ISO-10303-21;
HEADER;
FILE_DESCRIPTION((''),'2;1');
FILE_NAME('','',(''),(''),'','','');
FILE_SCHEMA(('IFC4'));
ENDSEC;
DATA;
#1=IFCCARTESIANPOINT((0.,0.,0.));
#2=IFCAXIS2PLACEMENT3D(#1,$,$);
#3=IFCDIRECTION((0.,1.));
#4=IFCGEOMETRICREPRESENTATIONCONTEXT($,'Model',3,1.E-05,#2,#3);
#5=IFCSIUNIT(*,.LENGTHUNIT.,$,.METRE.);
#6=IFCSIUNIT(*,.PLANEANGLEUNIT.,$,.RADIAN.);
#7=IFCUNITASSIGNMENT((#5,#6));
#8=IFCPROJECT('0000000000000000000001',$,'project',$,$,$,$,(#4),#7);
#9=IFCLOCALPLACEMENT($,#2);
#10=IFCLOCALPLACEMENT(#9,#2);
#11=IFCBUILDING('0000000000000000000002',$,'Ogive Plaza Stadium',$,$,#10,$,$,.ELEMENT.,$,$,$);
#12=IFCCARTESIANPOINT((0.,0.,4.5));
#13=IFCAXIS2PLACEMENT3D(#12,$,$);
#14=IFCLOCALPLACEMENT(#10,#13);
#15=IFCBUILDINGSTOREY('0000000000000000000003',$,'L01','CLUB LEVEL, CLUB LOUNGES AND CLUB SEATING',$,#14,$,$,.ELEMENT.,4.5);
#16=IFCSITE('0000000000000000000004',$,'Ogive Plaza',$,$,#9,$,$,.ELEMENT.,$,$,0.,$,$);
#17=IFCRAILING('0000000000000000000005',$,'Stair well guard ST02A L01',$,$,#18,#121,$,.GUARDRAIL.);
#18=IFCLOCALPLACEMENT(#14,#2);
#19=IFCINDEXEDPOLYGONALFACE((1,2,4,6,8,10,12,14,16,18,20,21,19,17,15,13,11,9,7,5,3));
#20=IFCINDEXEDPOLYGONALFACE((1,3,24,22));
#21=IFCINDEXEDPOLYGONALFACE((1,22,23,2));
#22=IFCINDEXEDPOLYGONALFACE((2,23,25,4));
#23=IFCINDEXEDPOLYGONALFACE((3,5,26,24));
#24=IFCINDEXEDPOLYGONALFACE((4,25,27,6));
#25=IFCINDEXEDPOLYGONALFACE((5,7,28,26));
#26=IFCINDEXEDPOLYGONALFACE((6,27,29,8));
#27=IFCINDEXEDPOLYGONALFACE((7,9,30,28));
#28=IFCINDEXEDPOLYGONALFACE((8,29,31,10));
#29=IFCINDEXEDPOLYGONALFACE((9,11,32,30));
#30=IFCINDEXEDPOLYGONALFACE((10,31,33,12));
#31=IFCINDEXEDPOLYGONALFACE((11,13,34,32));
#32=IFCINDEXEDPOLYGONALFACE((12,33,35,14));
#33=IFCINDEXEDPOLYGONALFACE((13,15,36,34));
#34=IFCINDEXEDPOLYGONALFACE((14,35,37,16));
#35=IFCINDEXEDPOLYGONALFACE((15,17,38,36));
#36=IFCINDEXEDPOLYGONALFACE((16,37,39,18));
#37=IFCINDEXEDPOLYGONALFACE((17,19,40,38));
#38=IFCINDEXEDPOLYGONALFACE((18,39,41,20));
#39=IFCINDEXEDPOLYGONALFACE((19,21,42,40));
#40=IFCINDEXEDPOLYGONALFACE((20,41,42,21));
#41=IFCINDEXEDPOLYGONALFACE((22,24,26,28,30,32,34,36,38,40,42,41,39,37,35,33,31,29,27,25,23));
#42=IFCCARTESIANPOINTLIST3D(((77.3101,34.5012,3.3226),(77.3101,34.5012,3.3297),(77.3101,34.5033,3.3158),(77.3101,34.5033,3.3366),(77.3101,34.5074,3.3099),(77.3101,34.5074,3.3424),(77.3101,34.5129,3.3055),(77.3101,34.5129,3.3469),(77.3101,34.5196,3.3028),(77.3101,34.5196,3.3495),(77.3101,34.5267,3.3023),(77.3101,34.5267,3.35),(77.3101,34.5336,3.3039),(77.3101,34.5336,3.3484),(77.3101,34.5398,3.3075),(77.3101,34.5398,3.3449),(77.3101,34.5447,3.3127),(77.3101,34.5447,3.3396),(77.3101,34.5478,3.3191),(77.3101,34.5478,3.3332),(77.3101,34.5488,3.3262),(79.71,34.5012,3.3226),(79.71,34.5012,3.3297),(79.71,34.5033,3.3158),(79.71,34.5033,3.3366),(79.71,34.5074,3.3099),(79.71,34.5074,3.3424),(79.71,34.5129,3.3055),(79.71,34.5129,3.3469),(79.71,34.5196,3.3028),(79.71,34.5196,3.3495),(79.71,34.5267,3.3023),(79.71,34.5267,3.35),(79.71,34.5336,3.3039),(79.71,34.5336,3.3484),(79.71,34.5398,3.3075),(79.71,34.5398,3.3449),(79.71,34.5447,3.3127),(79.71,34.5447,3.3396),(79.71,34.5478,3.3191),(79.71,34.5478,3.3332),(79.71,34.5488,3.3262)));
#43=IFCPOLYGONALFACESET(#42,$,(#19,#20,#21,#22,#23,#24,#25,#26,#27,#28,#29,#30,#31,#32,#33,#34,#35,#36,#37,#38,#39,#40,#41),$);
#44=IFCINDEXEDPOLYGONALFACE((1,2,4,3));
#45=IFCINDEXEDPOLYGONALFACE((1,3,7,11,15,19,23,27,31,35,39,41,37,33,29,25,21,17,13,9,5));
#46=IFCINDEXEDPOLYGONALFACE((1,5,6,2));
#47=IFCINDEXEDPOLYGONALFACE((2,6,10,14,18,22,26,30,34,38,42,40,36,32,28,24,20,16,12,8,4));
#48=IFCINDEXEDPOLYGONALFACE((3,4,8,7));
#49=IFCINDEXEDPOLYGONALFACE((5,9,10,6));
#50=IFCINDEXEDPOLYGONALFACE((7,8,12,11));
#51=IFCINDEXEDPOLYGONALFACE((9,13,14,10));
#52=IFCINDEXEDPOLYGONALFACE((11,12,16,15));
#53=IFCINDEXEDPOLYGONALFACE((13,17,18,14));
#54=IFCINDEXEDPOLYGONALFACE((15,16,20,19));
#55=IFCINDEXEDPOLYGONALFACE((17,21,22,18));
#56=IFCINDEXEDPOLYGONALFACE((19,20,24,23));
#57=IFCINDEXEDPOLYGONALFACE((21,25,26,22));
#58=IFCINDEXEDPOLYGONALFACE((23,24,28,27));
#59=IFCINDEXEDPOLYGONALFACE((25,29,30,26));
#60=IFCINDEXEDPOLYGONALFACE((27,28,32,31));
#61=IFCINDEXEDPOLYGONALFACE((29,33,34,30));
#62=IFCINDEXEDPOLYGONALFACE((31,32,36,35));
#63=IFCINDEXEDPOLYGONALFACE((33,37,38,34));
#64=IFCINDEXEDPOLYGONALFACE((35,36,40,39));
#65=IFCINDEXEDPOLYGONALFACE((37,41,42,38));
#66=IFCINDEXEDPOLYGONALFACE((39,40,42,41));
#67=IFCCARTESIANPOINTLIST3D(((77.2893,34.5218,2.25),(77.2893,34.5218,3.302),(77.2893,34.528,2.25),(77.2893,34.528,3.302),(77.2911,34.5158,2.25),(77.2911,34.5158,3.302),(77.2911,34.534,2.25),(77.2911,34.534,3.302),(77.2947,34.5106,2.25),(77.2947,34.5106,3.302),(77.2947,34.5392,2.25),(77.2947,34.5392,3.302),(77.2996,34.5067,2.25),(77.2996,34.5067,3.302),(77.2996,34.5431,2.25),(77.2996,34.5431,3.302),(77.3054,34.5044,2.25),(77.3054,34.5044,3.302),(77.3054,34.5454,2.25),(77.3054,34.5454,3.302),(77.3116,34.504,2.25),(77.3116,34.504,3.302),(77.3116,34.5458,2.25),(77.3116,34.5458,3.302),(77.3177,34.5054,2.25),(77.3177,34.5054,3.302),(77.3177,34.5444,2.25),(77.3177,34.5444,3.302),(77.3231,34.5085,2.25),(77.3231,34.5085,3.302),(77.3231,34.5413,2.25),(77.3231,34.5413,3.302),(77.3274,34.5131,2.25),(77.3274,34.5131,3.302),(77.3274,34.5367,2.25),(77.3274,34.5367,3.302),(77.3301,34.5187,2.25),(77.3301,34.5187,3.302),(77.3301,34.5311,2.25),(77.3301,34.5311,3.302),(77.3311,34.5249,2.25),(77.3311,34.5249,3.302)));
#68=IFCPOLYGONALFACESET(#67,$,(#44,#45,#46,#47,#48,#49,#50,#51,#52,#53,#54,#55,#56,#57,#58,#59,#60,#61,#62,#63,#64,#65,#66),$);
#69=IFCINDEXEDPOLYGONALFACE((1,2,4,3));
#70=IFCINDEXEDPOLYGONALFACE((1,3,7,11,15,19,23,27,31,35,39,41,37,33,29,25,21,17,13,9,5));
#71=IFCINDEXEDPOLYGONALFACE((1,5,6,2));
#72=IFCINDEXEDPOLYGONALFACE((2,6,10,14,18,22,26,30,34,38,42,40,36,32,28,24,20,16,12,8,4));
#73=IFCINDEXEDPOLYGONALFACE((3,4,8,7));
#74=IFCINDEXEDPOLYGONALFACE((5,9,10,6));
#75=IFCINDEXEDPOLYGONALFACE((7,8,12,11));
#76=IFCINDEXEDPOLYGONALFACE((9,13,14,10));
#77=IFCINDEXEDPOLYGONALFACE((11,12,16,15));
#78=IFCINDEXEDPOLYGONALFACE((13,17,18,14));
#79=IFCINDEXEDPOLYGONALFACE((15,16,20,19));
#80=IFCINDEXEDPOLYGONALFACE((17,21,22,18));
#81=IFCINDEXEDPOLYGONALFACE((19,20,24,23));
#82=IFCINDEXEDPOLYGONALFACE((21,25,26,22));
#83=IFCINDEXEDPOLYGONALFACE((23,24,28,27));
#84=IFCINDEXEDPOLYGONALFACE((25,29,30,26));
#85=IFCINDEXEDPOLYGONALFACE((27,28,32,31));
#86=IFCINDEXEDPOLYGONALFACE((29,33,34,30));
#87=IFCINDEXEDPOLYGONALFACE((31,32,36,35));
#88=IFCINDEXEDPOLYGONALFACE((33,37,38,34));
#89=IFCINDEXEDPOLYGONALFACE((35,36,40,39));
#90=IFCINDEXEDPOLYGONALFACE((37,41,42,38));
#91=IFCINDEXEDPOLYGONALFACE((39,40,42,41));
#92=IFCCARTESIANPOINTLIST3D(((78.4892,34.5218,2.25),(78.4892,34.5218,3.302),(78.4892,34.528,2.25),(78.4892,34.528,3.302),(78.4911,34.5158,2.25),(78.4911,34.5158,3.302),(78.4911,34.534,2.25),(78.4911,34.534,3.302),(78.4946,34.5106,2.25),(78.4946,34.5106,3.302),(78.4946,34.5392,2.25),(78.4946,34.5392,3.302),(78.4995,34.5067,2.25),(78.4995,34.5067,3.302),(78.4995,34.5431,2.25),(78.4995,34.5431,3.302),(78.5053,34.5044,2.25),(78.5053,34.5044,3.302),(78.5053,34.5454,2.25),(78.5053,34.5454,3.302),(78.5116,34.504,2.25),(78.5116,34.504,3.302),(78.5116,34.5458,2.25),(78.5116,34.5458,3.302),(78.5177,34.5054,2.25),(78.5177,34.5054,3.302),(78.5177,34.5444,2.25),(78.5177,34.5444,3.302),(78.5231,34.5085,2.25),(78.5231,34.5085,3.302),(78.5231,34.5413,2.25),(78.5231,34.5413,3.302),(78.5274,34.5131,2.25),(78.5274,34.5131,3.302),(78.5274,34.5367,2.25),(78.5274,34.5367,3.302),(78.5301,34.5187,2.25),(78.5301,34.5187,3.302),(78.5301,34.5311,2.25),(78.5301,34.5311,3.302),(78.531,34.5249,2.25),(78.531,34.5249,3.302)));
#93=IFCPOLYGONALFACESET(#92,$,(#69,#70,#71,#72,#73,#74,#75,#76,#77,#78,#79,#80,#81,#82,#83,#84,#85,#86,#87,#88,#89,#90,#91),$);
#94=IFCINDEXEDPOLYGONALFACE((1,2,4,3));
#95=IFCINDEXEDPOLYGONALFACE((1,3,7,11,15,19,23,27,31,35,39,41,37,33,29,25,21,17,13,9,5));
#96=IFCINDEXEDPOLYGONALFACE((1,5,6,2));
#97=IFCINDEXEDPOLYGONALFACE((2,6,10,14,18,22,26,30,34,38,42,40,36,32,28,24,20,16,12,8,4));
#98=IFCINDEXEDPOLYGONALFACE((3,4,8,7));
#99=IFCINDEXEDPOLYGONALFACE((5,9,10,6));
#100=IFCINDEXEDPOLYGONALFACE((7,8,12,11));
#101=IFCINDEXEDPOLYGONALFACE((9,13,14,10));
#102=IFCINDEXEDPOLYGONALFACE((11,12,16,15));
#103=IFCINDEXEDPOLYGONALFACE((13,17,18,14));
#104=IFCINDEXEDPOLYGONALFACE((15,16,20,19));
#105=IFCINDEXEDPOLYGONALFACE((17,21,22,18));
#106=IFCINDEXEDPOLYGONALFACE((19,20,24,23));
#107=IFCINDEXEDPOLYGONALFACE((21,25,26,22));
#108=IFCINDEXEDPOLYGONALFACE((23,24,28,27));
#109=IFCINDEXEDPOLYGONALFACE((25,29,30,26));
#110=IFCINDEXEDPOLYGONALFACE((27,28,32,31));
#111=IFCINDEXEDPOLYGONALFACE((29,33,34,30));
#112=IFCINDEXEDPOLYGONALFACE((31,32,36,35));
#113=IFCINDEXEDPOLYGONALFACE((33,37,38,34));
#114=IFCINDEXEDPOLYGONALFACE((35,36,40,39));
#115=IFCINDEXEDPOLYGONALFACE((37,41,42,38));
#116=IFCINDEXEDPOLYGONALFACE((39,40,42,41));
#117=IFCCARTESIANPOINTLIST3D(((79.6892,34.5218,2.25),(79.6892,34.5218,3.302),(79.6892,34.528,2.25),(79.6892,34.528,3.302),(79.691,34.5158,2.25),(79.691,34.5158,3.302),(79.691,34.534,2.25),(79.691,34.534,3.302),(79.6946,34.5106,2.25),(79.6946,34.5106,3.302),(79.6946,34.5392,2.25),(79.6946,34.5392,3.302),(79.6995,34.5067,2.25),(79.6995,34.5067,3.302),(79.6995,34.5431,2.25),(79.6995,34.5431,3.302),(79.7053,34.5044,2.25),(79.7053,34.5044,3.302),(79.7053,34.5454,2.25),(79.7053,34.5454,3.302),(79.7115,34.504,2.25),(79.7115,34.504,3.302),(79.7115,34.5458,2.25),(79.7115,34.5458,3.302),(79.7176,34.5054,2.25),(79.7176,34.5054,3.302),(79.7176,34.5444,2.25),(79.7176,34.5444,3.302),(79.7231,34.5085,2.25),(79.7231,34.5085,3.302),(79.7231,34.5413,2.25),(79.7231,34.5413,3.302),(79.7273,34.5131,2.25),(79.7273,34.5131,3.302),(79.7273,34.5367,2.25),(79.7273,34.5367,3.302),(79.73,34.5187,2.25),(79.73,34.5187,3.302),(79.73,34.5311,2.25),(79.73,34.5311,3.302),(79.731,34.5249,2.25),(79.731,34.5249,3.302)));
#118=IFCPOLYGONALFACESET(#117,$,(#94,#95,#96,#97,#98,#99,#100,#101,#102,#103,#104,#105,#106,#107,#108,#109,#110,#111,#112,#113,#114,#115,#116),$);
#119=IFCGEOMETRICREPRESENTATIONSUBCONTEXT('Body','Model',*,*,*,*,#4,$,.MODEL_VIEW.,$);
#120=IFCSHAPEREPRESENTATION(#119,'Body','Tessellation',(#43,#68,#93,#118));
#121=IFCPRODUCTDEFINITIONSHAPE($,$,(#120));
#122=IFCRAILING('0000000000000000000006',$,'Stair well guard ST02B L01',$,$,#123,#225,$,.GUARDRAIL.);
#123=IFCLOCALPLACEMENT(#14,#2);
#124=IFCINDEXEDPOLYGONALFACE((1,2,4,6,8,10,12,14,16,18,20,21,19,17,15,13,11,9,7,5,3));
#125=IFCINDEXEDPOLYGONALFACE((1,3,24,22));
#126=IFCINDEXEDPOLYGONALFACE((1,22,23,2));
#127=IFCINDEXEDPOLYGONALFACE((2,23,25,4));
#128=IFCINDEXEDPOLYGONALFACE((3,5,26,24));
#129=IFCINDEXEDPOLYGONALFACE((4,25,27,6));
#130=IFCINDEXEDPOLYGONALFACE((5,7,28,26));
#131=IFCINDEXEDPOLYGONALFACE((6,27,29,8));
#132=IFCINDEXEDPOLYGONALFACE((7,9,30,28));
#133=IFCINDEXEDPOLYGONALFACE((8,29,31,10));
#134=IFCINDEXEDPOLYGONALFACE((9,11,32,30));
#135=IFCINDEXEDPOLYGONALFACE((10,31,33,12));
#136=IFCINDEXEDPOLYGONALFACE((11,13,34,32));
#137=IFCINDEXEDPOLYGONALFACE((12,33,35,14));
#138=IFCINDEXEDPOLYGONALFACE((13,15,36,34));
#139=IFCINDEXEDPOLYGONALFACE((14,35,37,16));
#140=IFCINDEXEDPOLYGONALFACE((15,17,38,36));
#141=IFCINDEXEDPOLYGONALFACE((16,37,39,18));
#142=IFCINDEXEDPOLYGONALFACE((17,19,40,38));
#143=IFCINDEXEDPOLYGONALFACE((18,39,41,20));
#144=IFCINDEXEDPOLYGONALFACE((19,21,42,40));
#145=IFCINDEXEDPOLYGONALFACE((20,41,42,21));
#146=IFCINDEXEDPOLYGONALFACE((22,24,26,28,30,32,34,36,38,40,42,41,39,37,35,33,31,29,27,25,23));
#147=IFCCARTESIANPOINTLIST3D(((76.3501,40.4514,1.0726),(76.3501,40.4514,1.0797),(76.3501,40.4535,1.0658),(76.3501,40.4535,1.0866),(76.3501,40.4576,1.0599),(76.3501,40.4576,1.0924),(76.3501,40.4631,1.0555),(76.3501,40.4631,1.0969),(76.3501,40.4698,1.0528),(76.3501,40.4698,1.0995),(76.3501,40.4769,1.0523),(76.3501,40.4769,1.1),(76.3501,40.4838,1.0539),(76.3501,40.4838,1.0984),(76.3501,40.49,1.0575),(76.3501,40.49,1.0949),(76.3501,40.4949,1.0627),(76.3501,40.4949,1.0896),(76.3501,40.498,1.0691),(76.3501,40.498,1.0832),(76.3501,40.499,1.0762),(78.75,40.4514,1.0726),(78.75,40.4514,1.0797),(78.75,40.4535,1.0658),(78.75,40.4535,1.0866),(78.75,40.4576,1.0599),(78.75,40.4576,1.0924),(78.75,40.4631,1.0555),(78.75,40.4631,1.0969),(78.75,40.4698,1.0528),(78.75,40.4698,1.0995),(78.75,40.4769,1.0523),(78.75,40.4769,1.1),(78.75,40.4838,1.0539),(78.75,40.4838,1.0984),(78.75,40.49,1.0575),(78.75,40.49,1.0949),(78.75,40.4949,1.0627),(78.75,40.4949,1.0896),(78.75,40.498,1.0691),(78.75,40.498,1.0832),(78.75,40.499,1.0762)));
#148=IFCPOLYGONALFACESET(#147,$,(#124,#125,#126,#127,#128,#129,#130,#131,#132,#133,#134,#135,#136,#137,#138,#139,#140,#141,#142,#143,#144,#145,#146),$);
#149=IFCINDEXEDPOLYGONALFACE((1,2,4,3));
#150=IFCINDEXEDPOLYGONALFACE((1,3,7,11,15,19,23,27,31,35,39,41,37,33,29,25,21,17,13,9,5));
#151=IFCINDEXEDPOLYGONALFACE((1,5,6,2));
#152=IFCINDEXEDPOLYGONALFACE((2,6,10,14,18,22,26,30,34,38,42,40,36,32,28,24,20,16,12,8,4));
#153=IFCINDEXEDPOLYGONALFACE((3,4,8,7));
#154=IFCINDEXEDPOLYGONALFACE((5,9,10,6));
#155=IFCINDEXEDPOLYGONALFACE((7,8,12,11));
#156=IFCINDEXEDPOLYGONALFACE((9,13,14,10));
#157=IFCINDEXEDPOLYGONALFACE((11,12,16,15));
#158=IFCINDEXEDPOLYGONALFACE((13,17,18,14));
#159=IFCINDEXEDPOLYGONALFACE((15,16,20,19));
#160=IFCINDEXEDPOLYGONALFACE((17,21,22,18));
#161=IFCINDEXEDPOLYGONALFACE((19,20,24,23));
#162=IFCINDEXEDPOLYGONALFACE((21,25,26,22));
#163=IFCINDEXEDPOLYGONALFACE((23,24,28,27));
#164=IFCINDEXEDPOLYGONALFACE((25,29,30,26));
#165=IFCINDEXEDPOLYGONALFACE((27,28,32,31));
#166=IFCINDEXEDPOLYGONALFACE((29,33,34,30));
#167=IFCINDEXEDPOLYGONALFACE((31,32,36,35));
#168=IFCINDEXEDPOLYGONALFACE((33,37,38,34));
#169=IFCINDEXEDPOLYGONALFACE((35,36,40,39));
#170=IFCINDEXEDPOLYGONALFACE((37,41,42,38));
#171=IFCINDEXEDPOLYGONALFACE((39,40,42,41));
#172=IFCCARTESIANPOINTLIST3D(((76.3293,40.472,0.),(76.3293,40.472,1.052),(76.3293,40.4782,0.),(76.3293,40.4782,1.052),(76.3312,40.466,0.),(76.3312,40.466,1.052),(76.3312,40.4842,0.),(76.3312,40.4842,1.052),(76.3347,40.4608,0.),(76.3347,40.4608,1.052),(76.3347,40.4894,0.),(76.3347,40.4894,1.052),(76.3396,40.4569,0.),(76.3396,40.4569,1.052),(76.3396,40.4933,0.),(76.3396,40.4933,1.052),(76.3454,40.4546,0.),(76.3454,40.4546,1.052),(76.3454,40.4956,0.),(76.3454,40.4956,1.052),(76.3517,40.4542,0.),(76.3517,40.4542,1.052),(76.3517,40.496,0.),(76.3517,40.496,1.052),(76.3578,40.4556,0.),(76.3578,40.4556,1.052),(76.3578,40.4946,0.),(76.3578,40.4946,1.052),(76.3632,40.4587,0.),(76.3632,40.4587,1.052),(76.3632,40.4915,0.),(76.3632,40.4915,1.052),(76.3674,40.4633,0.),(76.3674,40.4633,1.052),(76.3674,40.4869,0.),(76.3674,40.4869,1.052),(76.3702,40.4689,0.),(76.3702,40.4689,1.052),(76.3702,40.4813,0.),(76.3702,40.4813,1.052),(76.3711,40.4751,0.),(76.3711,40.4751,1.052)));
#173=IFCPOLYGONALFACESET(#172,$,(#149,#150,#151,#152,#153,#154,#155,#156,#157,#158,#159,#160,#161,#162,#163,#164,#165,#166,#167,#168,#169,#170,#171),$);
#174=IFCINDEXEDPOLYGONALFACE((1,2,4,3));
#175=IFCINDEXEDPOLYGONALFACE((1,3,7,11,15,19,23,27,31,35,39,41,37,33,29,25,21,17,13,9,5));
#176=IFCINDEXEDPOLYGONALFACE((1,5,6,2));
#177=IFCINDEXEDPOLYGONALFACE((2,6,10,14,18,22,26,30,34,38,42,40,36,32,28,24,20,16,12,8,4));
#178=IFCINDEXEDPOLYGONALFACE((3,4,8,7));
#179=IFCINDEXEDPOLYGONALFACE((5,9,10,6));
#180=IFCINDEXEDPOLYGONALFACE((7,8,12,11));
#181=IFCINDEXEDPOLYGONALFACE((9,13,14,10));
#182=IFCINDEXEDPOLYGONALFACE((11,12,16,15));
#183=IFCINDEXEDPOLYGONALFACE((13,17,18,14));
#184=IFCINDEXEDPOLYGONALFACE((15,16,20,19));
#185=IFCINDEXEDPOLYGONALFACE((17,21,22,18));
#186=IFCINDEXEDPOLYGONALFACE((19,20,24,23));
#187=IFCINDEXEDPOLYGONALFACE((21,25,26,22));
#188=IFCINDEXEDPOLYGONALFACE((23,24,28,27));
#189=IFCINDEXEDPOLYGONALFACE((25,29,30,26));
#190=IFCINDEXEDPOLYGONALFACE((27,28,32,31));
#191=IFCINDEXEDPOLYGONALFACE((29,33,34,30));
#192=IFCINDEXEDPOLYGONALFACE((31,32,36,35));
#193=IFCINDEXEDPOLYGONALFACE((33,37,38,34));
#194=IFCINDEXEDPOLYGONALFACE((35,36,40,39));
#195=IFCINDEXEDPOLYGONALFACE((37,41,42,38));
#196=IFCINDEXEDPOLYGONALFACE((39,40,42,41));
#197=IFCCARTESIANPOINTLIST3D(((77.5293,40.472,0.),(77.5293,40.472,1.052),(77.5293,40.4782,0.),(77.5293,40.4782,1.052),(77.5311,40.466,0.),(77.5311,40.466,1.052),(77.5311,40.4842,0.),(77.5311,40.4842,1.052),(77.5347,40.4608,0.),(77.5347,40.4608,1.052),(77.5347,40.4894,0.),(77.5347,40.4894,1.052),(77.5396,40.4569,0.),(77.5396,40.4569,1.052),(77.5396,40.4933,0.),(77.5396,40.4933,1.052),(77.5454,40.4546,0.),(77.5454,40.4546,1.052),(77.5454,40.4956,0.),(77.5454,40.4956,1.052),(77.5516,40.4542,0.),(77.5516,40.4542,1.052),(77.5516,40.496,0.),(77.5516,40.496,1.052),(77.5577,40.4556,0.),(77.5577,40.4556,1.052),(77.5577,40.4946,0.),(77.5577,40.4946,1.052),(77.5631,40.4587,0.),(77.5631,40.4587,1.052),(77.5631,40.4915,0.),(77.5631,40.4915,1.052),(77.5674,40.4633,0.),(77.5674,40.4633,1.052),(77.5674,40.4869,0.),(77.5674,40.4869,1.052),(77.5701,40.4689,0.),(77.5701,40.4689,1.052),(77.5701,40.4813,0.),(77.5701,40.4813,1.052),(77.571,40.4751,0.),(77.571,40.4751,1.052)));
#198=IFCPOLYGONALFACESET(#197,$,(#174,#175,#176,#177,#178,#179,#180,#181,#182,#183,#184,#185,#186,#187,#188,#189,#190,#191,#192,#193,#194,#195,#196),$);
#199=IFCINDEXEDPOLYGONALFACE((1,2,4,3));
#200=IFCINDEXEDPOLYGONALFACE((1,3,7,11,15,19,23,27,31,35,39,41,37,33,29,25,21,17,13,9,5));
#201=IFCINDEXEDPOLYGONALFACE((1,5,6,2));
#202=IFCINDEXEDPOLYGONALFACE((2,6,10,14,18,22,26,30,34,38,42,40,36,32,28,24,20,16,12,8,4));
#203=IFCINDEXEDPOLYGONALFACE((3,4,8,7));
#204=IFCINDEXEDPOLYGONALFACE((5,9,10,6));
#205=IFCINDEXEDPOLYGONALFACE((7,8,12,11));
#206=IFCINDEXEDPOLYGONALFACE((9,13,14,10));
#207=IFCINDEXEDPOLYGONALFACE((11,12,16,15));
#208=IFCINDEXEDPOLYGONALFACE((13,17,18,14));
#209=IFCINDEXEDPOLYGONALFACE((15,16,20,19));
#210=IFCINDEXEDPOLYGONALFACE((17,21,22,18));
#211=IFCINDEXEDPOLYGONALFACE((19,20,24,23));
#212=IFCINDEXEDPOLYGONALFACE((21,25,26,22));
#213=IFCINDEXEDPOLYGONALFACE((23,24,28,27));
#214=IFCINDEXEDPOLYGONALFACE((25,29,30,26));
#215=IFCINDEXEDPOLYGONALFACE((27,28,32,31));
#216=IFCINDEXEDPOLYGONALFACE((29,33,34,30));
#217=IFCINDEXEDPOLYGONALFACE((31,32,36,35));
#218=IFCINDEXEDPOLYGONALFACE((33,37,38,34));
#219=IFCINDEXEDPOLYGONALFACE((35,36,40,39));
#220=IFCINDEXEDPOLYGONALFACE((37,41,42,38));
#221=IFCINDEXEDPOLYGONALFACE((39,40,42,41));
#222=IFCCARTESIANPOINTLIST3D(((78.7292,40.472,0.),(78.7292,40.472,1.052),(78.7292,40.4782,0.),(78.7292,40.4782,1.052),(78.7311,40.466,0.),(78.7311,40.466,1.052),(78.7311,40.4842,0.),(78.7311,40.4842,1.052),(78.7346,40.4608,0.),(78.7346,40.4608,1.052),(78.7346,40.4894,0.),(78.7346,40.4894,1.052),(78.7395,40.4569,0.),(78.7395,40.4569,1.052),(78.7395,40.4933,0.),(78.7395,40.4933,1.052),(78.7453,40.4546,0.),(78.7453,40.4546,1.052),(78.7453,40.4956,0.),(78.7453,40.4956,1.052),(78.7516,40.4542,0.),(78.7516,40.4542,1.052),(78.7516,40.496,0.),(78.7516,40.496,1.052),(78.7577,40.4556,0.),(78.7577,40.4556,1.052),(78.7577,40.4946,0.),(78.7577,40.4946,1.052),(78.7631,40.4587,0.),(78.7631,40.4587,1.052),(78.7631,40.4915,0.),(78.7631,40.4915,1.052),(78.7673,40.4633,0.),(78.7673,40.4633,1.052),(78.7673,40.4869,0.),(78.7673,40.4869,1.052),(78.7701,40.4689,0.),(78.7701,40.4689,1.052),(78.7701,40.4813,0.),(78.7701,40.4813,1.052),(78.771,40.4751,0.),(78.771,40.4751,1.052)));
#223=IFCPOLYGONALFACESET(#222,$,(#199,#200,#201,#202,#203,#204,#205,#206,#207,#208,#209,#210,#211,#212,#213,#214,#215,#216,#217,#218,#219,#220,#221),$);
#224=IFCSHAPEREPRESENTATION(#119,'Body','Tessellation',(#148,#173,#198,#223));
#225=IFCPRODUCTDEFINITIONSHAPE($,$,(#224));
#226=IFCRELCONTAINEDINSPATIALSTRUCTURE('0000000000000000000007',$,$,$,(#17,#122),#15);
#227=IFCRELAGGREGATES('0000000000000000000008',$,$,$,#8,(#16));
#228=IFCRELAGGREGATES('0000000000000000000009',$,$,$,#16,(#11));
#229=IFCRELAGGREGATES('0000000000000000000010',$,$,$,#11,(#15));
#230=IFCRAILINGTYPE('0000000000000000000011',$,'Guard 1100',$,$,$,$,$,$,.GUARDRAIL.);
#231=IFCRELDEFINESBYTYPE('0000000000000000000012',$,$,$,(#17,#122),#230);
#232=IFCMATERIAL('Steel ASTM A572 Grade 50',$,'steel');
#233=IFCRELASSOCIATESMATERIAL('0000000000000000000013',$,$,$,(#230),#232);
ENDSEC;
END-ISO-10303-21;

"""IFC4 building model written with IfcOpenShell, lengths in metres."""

from ifc_helpers import new_model, si_unit, direction, frame, origin, origin_2d, place, context, subcontext, project, spatial, circle, extrude, material, type_object, element, save


model = new_model("IFC4")

# Units and contexts
model_context = context("Model", 3, precision=1e-05, world=origin(), true_north=direction((0.0, 1.0)))
body_context = subcontext(model_context, "Body", "Model", "MODEL_VIEW")
ifc_project = project(units=[si_unit("LENGTHUNIT", "METRE"), si_unit("PLANEANGLEUNIT", "RADIAN")], contexts=[model_context])

# Site, building, storey
site_placement = place(None, origin())
site = spatial("IfcSite", under=ifc_project, at=site_placement, Name="Ogive Plaza", CompositionType="ELEMENT", RefElevation=0.0)
building_placement = place(site_placement, origin())
building = spatial("IfcBuilding", under=site, at=building_placement, Name="Ogive Plaza Stadium", CompositionType="ELEMENT")
storey_placement = place(building_placement, frame((0.0, 0.0, 4.5)))
storey = spatial("IfcBuildingStorey", under=building, at=storey_placement, Name="L01", Description="CLUB LEVEL, CLUB LOUNGES AND CLUB SEATING", CompositionType="ELEMENT", Elevation=4.5)

# Railings
ifc_material_1 = material(Name="Steel ASTM A572 Grade 50", Category="steel")
railing_type_1 = type_object("IfcRailingType", Name="Guard 1100", PredefinedType="GUARDRAIL", material=ifc_material_1)
for number, where, name in (
    (1, (77.3101, 34.5249, 2.25), "Stair well guard ST02A L01"),
    (2, (76.3501, 40.4751, 0.0), "Stair well guard ST02B L01"),
):
    element("IfcRailing", number, at=place(storey_placement, frame(where)), inside=storey, type_object=railing_type_1, Name=name, PredefinedType="GUARDRAIL", context=body_context, shape_type="SweptSolid", body=[
        extrude(circle(Radius=0.0239, at=origin_2d()), frame((0.0, 0.0, 1.0762), z_axis=(1.0, 0.0, 0.0), x_axis=(0.0, 1.0, 0.0)), (0.0, 0.0, 1.0), 2.3999),
        extrude(circle(Radius=0.021, at=origin_2d()), origin(), (0.0, 0.0, 1.0), 1.052),
        extrude(circle(Radius=0.021, at=origin_2d()), frame((1.2, 0.0, 0.0)), (0.0, 0.0, 1.0), 1.052),
        extrude(circle(Radius=0.021, at=origin_2d()), frame((2.3999, 0.0, 0.0)), (0.0, 0.0, 1.0), 1.052),
    ])

save(model, "model.ifc")
